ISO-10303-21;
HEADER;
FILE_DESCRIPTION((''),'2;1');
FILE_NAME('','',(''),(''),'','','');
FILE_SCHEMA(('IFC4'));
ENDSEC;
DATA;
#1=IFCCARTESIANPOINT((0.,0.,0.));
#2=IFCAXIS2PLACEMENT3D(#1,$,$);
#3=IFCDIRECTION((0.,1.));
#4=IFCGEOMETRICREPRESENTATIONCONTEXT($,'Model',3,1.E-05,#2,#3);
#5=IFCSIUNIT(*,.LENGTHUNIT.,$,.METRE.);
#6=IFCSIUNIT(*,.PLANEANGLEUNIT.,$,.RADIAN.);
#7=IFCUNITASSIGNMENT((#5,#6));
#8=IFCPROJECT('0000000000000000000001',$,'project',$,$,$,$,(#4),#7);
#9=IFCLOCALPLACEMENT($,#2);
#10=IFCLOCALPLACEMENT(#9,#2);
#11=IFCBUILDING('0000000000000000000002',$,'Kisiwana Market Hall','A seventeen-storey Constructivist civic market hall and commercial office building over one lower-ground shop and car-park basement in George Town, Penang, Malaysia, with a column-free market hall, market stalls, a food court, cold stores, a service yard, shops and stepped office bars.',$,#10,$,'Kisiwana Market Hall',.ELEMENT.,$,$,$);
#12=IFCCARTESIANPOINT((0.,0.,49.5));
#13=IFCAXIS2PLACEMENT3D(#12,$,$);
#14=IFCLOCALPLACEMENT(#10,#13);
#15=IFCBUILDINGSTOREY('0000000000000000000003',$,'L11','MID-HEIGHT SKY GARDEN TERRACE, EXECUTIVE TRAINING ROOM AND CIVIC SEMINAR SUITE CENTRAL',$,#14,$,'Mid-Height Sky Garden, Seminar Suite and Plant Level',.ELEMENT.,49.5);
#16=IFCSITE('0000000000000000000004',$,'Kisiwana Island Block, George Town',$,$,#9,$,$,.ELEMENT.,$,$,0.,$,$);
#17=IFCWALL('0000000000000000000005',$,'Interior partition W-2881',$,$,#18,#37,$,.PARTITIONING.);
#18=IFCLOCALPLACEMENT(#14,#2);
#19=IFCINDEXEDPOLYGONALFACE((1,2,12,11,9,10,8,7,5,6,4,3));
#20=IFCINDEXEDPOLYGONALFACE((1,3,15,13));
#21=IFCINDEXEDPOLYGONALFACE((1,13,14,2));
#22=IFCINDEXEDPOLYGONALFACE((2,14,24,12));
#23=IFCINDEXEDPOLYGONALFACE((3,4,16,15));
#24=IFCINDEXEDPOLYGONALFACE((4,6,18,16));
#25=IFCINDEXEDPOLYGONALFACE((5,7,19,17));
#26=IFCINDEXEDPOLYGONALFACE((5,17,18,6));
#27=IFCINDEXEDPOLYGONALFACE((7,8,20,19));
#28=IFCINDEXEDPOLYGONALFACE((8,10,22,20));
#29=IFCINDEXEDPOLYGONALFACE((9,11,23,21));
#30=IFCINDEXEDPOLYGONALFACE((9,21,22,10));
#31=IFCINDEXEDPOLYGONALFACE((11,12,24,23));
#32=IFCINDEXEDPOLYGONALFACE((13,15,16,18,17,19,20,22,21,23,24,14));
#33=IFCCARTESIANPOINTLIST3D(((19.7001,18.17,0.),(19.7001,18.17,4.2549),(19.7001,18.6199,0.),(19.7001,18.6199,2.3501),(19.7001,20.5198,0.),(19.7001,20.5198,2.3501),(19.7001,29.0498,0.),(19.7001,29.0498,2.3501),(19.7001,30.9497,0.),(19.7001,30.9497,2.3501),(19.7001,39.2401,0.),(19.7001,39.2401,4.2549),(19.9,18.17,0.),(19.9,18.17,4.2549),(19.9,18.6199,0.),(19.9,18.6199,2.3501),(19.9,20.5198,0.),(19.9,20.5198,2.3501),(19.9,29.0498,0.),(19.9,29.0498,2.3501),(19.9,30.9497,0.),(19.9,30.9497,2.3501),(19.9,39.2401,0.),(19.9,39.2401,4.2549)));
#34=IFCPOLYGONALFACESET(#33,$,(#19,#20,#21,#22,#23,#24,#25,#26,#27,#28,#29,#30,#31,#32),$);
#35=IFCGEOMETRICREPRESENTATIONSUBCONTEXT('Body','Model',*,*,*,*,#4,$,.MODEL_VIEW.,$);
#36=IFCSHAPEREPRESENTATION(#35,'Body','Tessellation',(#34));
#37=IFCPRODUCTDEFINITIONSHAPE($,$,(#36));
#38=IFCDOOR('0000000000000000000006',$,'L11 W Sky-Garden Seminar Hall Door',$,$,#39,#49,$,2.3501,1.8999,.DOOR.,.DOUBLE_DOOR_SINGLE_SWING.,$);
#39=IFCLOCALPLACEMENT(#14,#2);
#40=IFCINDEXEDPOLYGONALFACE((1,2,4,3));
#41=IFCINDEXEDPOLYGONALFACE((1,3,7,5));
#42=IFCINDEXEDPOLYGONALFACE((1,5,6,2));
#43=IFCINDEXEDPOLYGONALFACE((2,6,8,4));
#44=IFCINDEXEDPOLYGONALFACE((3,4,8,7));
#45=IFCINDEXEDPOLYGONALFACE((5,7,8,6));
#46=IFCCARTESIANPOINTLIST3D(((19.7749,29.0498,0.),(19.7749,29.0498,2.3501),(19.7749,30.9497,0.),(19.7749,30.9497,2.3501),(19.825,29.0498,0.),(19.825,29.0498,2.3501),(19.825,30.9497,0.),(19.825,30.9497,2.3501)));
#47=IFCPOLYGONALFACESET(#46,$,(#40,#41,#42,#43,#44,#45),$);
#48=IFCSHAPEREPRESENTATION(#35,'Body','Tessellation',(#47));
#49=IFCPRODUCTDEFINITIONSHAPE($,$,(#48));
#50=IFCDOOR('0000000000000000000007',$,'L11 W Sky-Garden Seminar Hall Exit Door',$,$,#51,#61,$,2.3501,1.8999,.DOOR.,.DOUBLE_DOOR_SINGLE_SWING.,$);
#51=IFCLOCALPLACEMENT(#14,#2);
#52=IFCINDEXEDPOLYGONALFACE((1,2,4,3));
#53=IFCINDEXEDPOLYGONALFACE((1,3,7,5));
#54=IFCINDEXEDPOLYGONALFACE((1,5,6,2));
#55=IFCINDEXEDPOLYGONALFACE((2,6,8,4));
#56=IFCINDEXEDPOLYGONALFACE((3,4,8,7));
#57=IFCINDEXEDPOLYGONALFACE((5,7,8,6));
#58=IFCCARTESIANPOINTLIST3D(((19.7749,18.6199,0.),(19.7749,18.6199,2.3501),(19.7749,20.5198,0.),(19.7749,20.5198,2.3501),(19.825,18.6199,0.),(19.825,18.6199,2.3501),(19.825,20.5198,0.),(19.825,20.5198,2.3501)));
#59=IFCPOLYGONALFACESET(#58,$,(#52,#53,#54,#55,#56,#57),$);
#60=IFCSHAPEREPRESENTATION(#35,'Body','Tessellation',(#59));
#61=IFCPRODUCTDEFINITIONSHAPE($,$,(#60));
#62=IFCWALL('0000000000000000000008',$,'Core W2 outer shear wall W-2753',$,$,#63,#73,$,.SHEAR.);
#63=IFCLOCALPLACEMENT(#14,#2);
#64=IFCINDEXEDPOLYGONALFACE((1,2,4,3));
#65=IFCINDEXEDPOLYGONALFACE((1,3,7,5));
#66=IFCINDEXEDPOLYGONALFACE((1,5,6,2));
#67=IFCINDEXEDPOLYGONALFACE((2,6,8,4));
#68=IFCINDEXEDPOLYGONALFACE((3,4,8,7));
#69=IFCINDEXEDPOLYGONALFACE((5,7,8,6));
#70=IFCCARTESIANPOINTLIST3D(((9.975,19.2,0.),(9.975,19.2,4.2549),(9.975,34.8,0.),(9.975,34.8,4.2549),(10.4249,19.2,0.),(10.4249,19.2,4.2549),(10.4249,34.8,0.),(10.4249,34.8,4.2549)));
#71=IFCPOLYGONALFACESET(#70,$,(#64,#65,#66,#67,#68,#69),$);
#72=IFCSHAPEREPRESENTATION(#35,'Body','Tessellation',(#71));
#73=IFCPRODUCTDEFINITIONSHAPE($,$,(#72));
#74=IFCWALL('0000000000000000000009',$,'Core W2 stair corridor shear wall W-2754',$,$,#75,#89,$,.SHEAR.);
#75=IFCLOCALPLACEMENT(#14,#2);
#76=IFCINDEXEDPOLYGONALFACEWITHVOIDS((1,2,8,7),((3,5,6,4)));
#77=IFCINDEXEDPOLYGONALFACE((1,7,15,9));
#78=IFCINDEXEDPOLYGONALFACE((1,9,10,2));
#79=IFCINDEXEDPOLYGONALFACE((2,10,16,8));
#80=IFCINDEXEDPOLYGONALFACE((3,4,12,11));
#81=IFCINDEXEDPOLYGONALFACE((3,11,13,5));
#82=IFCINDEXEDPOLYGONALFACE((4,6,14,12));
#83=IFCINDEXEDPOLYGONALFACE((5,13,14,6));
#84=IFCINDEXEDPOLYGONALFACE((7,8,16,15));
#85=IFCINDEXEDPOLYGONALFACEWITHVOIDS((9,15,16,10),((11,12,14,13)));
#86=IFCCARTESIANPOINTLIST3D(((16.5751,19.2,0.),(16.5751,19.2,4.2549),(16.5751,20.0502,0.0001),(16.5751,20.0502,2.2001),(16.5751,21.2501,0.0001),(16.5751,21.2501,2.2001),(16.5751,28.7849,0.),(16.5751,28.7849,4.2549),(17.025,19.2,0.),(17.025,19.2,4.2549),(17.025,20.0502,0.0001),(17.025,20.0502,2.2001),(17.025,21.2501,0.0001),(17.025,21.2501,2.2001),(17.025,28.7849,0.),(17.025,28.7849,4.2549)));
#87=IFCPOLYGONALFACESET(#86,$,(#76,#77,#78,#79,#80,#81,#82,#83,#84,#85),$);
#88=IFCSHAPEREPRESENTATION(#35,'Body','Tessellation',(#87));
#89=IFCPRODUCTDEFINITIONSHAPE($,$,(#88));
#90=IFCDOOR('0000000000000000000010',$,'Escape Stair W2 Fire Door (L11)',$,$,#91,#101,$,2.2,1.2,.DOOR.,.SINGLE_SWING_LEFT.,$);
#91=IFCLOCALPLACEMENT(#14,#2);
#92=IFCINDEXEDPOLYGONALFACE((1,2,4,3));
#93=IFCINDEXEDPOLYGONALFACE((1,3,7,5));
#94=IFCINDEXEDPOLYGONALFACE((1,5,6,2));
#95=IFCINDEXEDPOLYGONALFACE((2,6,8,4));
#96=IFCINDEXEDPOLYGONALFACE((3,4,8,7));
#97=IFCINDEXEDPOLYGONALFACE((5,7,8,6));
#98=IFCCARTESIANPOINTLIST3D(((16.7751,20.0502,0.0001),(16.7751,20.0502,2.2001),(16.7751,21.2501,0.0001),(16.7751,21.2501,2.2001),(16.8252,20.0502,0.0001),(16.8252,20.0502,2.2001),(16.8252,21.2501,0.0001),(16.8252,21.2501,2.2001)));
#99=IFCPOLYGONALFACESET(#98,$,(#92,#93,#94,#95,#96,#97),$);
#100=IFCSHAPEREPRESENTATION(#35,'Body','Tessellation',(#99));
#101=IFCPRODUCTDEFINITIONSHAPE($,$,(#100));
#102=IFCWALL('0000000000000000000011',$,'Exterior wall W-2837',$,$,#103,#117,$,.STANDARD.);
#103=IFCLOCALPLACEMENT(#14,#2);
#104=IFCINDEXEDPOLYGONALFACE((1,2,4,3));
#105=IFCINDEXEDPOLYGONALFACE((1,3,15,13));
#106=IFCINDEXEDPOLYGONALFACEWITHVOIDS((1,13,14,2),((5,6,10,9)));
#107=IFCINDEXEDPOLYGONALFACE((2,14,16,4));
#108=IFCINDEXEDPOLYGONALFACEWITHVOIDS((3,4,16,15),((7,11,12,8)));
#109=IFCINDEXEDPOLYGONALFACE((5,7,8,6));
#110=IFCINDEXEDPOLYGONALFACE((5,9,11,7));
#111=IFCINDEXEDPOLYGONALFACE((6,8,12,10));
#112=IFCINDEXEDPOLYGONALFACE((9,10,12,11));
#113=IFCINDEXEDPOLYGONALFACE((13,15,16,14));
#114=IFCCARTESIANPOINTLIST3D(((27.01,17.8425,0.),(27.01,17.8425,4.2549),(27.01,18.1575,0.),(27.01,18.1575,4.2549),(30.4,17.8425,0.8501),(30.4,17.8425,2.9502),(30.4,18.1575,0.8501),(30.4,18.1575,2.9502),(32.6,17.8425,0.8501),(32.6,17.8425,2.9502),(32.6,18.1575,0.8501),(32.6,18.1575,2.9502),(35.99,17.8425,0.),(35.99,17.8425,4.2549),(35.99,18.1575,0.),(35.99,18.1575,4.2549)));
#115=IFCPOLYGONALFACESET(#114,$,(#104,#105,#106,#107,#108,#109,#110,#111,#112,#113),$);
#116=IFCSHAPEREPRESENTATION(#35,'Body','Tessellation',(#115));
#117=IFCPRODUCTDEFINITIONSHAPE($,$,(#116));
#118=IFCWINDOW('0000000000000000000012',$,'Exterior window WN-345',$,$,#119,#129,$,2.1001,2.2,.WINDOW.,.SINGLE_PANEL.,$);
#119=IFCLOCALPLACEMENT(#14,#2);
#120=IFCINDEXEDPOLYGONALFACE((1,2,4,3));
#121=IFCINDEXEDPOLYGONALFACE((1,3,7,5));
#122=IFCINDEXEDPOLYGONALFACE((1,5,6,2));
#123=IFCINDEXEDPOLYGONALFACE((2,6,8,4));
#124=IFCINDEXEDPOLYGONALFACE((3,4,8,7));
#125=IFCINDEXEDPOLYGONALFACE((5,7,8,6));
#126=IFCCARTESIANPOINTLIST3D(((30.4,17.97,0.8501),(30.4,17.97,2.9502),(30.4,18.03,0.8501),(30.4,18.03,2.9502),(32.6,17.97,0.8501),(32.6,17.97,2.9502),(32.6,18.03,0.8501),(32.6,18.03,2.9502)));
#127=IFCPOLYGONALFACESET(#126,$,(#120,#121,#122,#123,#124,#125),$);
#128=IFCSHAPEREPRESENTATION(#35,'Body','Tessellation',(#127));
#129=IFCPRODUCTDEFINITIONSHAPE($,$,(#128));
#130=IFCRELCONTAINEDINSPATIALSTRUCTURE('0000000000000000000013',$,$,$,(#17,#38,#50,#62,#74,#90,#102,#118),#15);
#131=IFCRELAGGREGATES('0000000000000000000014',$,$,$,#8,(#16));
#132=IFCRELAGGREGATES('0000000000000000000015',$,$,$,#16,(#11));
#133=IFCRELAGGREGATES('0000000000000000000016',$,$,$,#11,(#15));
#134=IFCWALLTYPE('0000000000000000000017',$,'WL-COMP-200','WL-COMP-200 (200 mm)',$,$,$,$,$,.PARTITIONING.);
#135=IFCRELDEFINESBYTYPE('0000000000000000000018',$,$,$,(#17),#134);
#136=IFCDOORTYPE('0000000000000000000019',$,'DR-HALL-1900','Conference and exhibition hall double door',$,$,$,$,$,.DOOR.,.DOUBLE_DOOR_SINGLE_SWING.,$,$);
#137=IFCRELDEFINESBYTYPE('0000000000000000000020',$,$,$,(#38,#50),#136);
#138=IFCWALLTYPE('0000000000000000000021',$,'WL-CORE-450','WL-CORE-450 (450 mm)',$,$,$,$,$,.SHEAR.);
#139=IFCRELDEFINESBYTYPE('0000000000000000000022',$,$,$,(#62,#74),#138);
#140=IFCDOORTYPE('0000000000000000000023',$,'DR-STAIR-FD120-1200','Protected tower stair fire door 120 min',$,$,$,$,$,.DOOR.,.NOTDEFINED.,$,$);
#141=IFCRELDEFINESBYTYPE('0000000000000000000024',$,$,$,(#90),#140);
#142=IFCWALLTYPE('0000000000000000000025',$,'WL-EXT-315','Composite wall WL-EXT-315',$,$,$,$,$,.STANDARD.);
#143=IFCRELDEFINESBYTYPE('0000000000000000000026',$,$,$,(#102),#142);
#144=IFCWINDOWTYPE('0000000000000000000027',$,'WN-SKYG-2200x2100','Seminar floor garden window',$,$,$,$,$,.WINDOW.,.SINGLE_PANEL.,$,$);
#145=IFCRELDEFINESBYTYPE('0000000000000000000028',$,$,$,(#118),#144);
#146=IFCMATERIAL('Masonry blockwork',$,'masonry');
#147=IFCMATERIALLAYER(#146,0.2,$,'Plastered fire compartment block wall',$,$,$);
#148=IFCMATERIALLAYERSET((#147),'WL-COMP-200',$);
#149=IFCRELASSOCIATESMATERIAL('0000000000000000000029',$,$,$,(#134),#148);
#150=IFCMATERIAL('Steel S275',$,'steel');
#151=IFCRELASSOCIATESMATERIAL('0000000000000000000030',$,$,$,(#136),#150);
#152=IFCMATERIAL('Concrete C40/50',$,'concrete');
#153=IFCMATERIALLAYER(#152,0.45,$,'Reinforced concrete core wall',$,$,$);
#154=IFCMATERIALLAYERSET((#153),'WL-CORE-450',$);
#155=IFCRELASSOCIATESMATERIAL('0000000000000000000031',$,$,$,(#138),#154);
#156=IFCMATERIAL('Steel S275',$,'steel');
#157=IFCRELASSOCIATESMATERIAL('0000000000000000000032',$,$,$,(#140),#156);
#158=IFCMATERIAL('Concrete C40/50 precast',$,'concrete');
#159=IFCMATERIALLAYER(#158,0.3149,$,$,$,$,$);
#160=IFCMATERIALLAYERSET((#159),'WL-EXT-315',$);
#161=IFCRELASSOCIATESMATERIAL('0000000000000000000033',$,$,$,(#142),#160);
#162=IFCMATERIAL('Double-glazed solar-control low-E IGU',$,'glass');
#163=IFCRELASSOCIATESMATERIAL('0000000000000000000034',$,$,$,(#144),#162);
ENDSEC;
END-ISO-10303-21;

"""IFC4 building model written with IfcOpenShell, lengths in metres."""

from ifc_helpers import new_model, si_unit, direction, frame, frame_2d, origin, place, context, subcontext, project, spatial, rectangle, extrude, material, layer, layer_set, type_object, element, fill, save


model = new_model("IFC4")

# Units and contexts
model_context = context("Model", 3, precision=1e-05, world=origin(), true_north=direction((0.0, 1.0)))
body_context = subcontext(model_context, "Body", "Model", "MODEL_VIEW")
ifc_project = project(units=[si_unit("LENGTHUNIT", "METRE"), si_unit("PLANEANGLEUNIT", "RADIAN")], contexts=[model_context])

# Site, building, storey
site_placement = place(None, origin())
site = spatial("IfcSite", under=ifc_project, at=site_placement, Name="Kisiwana Island Block, George Town", CompositionType="ELEMENT", RefElevation=0.0)
building_placement = place(site_placement, origin())
building = spatial("IfcBuilding", under=site, at=building_placement, Name="Kisiwana Market Hall", Description="A seventeen-storey Constructivist civic market hall and commercial office building over one lower-ground shop and car-park basement in George Town, Penang, Malaysia, with a column-free market hall, market stalls, a food court, cold stores, a service yard, shops and stepped office bars.", LongName="Kisiwana Market Hall", CompositionType="ELEMENT")
storey_placement = place(building_placement, frame((0.0, 0.0, 49.5)))
storey = spatial("IfcBuildingStorey", under=building, at=storey_placement, Name="L11", Description="MID-HEIGHT SKY GARDEN TERRACE, EXECUTIVE TRAINING ROOM AND CIVIC SEMINAR SUITE CENTRAL", LongName="Mid-Height Sky Garden, Seminar Suite and Plant Level", CompositionType="ELEMENT", Elevation=49.5)

# Wall, openings, doors
ifc_material_1 = material(Name="Masonry blockwork", Category="masonry")
ifc_layer_1 = layer(ifc_material_1, 0.2, Name="Plastered fire compartment block wall")
ifc_layer_set_1 = layer_set([ifc_layer_1], Name="WL-COMP-200")
wall_type_1 = type_object("IfcWallType", Name="WL-COMP-200", Description="WL-COMP-200 (200 mm)", PredefinedType="PARTITIONING", material=ifc_layer_set_1)
wall_1_placement = place(storey_placement, frame((19.8, 18.1699, 0.0), z_axis=(0.0, 0.0, 1.0), x_axis=(0.0, 1.0, 0.0)))
wall_1 = element("IfcWall", 1, at=wall_1_placement, inside=storey, type_object=wall_type_1, Name="Interior partition W-2881", PredefinedType="PARTITIONING", context=body_context, shape_type="SweptSolid", body=[
    extrude(rectangle(XDim=21.0701, YDim=0.2, at=frame_2d((10.5352, 0.0))), origin(), (0.0, 0.0, 1.0), 4.2549),
])
opening_1_placement = place(wall_1_placement, frame((10.8799, 0.0, 0.0)))
opening_1 = element("IfcOpeningElement", 2, at=opening_1_placement, cuts=wall_1, PredefinedType="OPENING", context=body_context, shape_type="SweptSolid", body=[
    extrude(rectangle(XDim=1.8999, YDim=2.3501, at=frame_2d((0.95, 1.175))), frame((0.0, 0.1118, 0.0), z_axis=(0.0, -1.0, 0.0), x_axis=(1.0, 0.0, 0.0)), (0.0, 0.0, 1.0), 0.2239),
])
opening_2_placement = place(wall_1_placement, frame((0.45, 0.0, 0.0)))
opening_2 = element("IfcOpeningElement", 3, at=opening_2_placement, cuts=wall_1, PredefinedType="OPENING", context=body_context, shape_type="SweptSolid", body=[
    extrude(rectangle(XDim=1.8999, YDim=2.3501, at=frame_2d((0.95, 1.175))), frame((0.0, 0.1118, 0.0), z_axis=(0.0, -1.0, 0.0), x_axis=(1.0, 0.0, 0.0)), (0.0, 0.0, 1.0), 0.2239),
])
ifc_material_2 = material(Name="Steel S275", Category="steel")
door_type_1 = type_object("IfcDoorType", Name="DR-HALL-1900", Description="Conference and exhibition hall double door", OperationType="DOUBLE_DOOR_SINGLE_SWING", PredefinedType="DOOR", material=ifc_material_2)
door_1_placement = place(opening_1_placement, frame((1.8999, 0.0, 0.0), z_axis=(0.0, 0.0, 1.0), x_axis=(-1.0, 0.0, 0.0)))
door_1 = element("IfcDoor", 4, at=door_1_placement, inside=storey, type_object=door_type_1, Name="L11 W Sky-Garden Seminar Hall Door", OperationType="DOUBLE_DOOR_SINGLE_SWING", OverallHeight=2.3501, OverallWidth=1.8999, PredefinedType="DOOR", context=body_context, shape_type="SweptSolid", body=[
    extrude(rectangle(XDim=1.8999, YDim=2.3501, at=frame_2d((0.95, 1.175))), frame((0.0, 0.0249, 0.0), z_axis=(0.0, -1.0, 0.0), x_axis=(1.0, 0.0, 0.0)), (0.0, 0.0, 1.0), 0.05),
])
fill(opening_1, door_1)
door_2_placement = place(opening_2_placement, frame((1.8999, 0.0, 0.0), z_axis=(0.0, 0.0, 1.0), x_axis=(-1.0, 0.0, 0.0)))
door_2 = element("IfcDoor", 5, at=door_2_placement, inside=storey, type_object=door_type_1, Name="L11 W Sky-Garden Seminar Hall Exit Door", OperationType="DOUBLE_DOOR_SINGLE_SWING", OverallHeight=2.3501, OverallWidth=1.8999, PredefinedType="DOOR", context=body_context, shape_type="SweptSolid", body=[
    extrude(rectangle(XDim=1.8999, YDim=2.3501, at=frame_2d((0.95, 1.175))), frame((0.0, 0.0249, 0.0), z_axis=(0.0, -1.0, 0.0), x_axis=(1.0, 0.0, 0.0)), (0.0, 0.0, 1.0), 0.05),
])
fill(opening_2, door_2)

# Wall
ifc_material_3 = material(Name="Concrete C40/50", Category="concrete")
ifc_layer_2 = layer(ifc_material_3, 0.45, Name="Reinforced concrete core wall")
ifc_layer_set_2 = layer_set([ifc_layer_2], Name="WL-CORE-450")
wall_type_2 = type_object("IfcWallType", Name="WL-CORE-450", Description="WL-CORE-450 (450 mm)", PredefinedType="SHEAR", material=ifc_layer_set_2)
wall_2_placement = place(storey_placement, frame((10.2, 19.2, 0.0), z_axis=(0.0, 0.0, 1.0), x_axis=(0.0, 1.0, 0.0)))
element("IfcWall", 6, at=wall_2_placement, inside=storey, type_object=wall_type_2, Name="Core W2 outer shear wall W-2753", PredefinedType="SHEAR", context=body_context, shape_type="SweptSolid", body=[
    extrude(rectangle(XDim=15.6001, YDim=0.45, at=frame_2d((7.8, 0.0))), origin(), (0.0, 0.0, 1.0), 4.2549),
])

# Wall, opening, door
wall_3_placement = place(storey_placement, frame((16.8, 19.2, 0.0), z_axis=(0.0, 0.0, 1.0), x_axis=(0.0, 1.0, 0.0)))
wall_3 = element("IfcWall", 7, at=wall_3_placement, inside=storey, type_object=wall_type_2, Name="Core W2 stair corridor shear wall W-2754", PredefinedType="SHEAR", context=body_context, shape_type="SweptSolid", body=[
    extrude(rectangle(XDim=9.585, YDim=0.45, at=frame_2d((4.7925, 0.0))), origin(), (0.0, 0.0, 1.0), 4.2549),
])
opening_3_placement = place(wall_3_placement, frame((0.8501, 0.0, 0.0)))
opening_3 = element("IfcOpeningElement", 8, at=opening_3_placement, cuts=wall_3, PredefinedType="OPENING", context=body_context, shape_type="SweptSolid", body=[
    extrude(rectangle(XDim=1.2, YDim=2.2, at=frame_2d((0.6001, 1.1001))), frame((0.0, 0.2368, 0.0), z_axis=(0.0, -1.0, 0.0), x_axis=(1.0, 0.0, 0.0)), (0.0, 0.0, 1.0), 0.4739),
])
ifc_material_4 = material(Name="Steel S275", Category="steel")
door_type_2 = type_object("IfcDoorType", Name="DR-STAIR-FD120-1200", Description="Protected tower stair fire door 120 min", OperationType="NOTDEFINED", PredefinedType="DOOR", material=ifc_material_4)
door_3_placement = place(opening_3_placement, origin())
door_3 = element("IfcDoor", 9, at=door_3_placement, inside=storey, type_object=door_type_2, Name="Escape Stair W2 Fire Door (L11)", OperationType="SINGLE_SWING_LEFT", OverallHeight=2.2, OverallWidth=1.2, PredefinedType="DOOR", context=body_context, shape_type="SweptSolid", body=[
    extrude(rectangle(XDim=1.2, YDim=2.2, at=frame_2d((0.6001, 1.1001))), frame((0.0, 0.0249, 0.0), z_axis=(0.0, -1.0, 0.0), x_axis=(1.0, 0.0, 0.0)), (0.0, 0.0, 1.0), 0.05),
])
fill(opening_3, door_3)

# Wall, opening, window
ifc_material_5 = material(Name="Concrete C40/50 precast", Category="concrete")
ifc_layer_3 = layer(ifc_material_5, 0.3149)
ifc_layer_set_3 = layer_set([ifc_layer_3], Name="WL-EXT-315")
wall_type_3 = type_object("IfcWallType", Name="WL-EXT-315", Description="Composite wall WL-EXT-315", PredefinedType="STANDARD", material=ifc_layer_set_3)
wall_4_placement = place(storey_placement, frame((27.01, 18.0, 0.0), z_axis=(0.0, 0.0, 1.0), x_axis=(1.0, 0.0, 0.0)))
wall_4 = element("IfcWall", 10, at=wall_4_placement, inside=storey, type_object=wall_type_3, Name="Exterior wall W-2837", PredefinedType="STANDARD", context=body_context, shape_type="SweptSolid", body=[
    extrude(rectangle(XDim=8.98, YDim=0.3149, at=frame_2d((4.49, 0.0))), origin(), (0.0, 0.0, 1.0), 4.2549),
])
opening_4_placement = place(wall_4_placement, frame((3.3899, 0.0, 0.8501)))
opening_4 = element("IfcOpeningElement", 11, at=opening_4_placement, cuts=wall_4, PredefinedType="OPENING", context=body_context, shape_type="SweptSolid", body=[
    extrude(rectangle(XDim=2.2, YDim=2.1001, at=frame_2d((1.1001, 1.05))), frame((0.0, 0.1694, 0.0), z_axis=(0.0, -1.0, 0.0), x_axis=(1.0, 0.0, 0.0)), (0.0, 0.0, 1.0), 0.3389),
])
ifc_material_6 = material(Name="Double-glazed solar-control low-E IGU", Category="glass")
window_type = type_object("IfcWindowType", Name="WN-SKYG-2200x2100", Description="Seminar floor garden window", PartitioningType="SINGLE_PANEL", PredefinedType="WINDOW", material=ifc_material_6)
window_placement = place(opening_4_placement, origin())
window = element("IfcWindow", 12, at=window_placement, inside=storey, type_object=window_type, Name="Exterior window WN-345", OverallHeight=2.1001, OverallWidth=2.2, PartitioningType="SINGLE_PANEL", PredefinedType="WINDOW", context=body_context, shape_type="SweptSolid", body=[
    extrude(rectangle(XDim=2.2, YDim=2.1001, at=frame_2d((1.1001, 1.05))), frame((0.0, 0.03, 0.0), z_axis=(0.0, -1.0, 0.0), x_axis=(1.0, 0.0, 0.0)), (0.0, 0.0, 1.0), 0.0601),
])
fill(opening_4, window)

save(model, "model.ifc")
